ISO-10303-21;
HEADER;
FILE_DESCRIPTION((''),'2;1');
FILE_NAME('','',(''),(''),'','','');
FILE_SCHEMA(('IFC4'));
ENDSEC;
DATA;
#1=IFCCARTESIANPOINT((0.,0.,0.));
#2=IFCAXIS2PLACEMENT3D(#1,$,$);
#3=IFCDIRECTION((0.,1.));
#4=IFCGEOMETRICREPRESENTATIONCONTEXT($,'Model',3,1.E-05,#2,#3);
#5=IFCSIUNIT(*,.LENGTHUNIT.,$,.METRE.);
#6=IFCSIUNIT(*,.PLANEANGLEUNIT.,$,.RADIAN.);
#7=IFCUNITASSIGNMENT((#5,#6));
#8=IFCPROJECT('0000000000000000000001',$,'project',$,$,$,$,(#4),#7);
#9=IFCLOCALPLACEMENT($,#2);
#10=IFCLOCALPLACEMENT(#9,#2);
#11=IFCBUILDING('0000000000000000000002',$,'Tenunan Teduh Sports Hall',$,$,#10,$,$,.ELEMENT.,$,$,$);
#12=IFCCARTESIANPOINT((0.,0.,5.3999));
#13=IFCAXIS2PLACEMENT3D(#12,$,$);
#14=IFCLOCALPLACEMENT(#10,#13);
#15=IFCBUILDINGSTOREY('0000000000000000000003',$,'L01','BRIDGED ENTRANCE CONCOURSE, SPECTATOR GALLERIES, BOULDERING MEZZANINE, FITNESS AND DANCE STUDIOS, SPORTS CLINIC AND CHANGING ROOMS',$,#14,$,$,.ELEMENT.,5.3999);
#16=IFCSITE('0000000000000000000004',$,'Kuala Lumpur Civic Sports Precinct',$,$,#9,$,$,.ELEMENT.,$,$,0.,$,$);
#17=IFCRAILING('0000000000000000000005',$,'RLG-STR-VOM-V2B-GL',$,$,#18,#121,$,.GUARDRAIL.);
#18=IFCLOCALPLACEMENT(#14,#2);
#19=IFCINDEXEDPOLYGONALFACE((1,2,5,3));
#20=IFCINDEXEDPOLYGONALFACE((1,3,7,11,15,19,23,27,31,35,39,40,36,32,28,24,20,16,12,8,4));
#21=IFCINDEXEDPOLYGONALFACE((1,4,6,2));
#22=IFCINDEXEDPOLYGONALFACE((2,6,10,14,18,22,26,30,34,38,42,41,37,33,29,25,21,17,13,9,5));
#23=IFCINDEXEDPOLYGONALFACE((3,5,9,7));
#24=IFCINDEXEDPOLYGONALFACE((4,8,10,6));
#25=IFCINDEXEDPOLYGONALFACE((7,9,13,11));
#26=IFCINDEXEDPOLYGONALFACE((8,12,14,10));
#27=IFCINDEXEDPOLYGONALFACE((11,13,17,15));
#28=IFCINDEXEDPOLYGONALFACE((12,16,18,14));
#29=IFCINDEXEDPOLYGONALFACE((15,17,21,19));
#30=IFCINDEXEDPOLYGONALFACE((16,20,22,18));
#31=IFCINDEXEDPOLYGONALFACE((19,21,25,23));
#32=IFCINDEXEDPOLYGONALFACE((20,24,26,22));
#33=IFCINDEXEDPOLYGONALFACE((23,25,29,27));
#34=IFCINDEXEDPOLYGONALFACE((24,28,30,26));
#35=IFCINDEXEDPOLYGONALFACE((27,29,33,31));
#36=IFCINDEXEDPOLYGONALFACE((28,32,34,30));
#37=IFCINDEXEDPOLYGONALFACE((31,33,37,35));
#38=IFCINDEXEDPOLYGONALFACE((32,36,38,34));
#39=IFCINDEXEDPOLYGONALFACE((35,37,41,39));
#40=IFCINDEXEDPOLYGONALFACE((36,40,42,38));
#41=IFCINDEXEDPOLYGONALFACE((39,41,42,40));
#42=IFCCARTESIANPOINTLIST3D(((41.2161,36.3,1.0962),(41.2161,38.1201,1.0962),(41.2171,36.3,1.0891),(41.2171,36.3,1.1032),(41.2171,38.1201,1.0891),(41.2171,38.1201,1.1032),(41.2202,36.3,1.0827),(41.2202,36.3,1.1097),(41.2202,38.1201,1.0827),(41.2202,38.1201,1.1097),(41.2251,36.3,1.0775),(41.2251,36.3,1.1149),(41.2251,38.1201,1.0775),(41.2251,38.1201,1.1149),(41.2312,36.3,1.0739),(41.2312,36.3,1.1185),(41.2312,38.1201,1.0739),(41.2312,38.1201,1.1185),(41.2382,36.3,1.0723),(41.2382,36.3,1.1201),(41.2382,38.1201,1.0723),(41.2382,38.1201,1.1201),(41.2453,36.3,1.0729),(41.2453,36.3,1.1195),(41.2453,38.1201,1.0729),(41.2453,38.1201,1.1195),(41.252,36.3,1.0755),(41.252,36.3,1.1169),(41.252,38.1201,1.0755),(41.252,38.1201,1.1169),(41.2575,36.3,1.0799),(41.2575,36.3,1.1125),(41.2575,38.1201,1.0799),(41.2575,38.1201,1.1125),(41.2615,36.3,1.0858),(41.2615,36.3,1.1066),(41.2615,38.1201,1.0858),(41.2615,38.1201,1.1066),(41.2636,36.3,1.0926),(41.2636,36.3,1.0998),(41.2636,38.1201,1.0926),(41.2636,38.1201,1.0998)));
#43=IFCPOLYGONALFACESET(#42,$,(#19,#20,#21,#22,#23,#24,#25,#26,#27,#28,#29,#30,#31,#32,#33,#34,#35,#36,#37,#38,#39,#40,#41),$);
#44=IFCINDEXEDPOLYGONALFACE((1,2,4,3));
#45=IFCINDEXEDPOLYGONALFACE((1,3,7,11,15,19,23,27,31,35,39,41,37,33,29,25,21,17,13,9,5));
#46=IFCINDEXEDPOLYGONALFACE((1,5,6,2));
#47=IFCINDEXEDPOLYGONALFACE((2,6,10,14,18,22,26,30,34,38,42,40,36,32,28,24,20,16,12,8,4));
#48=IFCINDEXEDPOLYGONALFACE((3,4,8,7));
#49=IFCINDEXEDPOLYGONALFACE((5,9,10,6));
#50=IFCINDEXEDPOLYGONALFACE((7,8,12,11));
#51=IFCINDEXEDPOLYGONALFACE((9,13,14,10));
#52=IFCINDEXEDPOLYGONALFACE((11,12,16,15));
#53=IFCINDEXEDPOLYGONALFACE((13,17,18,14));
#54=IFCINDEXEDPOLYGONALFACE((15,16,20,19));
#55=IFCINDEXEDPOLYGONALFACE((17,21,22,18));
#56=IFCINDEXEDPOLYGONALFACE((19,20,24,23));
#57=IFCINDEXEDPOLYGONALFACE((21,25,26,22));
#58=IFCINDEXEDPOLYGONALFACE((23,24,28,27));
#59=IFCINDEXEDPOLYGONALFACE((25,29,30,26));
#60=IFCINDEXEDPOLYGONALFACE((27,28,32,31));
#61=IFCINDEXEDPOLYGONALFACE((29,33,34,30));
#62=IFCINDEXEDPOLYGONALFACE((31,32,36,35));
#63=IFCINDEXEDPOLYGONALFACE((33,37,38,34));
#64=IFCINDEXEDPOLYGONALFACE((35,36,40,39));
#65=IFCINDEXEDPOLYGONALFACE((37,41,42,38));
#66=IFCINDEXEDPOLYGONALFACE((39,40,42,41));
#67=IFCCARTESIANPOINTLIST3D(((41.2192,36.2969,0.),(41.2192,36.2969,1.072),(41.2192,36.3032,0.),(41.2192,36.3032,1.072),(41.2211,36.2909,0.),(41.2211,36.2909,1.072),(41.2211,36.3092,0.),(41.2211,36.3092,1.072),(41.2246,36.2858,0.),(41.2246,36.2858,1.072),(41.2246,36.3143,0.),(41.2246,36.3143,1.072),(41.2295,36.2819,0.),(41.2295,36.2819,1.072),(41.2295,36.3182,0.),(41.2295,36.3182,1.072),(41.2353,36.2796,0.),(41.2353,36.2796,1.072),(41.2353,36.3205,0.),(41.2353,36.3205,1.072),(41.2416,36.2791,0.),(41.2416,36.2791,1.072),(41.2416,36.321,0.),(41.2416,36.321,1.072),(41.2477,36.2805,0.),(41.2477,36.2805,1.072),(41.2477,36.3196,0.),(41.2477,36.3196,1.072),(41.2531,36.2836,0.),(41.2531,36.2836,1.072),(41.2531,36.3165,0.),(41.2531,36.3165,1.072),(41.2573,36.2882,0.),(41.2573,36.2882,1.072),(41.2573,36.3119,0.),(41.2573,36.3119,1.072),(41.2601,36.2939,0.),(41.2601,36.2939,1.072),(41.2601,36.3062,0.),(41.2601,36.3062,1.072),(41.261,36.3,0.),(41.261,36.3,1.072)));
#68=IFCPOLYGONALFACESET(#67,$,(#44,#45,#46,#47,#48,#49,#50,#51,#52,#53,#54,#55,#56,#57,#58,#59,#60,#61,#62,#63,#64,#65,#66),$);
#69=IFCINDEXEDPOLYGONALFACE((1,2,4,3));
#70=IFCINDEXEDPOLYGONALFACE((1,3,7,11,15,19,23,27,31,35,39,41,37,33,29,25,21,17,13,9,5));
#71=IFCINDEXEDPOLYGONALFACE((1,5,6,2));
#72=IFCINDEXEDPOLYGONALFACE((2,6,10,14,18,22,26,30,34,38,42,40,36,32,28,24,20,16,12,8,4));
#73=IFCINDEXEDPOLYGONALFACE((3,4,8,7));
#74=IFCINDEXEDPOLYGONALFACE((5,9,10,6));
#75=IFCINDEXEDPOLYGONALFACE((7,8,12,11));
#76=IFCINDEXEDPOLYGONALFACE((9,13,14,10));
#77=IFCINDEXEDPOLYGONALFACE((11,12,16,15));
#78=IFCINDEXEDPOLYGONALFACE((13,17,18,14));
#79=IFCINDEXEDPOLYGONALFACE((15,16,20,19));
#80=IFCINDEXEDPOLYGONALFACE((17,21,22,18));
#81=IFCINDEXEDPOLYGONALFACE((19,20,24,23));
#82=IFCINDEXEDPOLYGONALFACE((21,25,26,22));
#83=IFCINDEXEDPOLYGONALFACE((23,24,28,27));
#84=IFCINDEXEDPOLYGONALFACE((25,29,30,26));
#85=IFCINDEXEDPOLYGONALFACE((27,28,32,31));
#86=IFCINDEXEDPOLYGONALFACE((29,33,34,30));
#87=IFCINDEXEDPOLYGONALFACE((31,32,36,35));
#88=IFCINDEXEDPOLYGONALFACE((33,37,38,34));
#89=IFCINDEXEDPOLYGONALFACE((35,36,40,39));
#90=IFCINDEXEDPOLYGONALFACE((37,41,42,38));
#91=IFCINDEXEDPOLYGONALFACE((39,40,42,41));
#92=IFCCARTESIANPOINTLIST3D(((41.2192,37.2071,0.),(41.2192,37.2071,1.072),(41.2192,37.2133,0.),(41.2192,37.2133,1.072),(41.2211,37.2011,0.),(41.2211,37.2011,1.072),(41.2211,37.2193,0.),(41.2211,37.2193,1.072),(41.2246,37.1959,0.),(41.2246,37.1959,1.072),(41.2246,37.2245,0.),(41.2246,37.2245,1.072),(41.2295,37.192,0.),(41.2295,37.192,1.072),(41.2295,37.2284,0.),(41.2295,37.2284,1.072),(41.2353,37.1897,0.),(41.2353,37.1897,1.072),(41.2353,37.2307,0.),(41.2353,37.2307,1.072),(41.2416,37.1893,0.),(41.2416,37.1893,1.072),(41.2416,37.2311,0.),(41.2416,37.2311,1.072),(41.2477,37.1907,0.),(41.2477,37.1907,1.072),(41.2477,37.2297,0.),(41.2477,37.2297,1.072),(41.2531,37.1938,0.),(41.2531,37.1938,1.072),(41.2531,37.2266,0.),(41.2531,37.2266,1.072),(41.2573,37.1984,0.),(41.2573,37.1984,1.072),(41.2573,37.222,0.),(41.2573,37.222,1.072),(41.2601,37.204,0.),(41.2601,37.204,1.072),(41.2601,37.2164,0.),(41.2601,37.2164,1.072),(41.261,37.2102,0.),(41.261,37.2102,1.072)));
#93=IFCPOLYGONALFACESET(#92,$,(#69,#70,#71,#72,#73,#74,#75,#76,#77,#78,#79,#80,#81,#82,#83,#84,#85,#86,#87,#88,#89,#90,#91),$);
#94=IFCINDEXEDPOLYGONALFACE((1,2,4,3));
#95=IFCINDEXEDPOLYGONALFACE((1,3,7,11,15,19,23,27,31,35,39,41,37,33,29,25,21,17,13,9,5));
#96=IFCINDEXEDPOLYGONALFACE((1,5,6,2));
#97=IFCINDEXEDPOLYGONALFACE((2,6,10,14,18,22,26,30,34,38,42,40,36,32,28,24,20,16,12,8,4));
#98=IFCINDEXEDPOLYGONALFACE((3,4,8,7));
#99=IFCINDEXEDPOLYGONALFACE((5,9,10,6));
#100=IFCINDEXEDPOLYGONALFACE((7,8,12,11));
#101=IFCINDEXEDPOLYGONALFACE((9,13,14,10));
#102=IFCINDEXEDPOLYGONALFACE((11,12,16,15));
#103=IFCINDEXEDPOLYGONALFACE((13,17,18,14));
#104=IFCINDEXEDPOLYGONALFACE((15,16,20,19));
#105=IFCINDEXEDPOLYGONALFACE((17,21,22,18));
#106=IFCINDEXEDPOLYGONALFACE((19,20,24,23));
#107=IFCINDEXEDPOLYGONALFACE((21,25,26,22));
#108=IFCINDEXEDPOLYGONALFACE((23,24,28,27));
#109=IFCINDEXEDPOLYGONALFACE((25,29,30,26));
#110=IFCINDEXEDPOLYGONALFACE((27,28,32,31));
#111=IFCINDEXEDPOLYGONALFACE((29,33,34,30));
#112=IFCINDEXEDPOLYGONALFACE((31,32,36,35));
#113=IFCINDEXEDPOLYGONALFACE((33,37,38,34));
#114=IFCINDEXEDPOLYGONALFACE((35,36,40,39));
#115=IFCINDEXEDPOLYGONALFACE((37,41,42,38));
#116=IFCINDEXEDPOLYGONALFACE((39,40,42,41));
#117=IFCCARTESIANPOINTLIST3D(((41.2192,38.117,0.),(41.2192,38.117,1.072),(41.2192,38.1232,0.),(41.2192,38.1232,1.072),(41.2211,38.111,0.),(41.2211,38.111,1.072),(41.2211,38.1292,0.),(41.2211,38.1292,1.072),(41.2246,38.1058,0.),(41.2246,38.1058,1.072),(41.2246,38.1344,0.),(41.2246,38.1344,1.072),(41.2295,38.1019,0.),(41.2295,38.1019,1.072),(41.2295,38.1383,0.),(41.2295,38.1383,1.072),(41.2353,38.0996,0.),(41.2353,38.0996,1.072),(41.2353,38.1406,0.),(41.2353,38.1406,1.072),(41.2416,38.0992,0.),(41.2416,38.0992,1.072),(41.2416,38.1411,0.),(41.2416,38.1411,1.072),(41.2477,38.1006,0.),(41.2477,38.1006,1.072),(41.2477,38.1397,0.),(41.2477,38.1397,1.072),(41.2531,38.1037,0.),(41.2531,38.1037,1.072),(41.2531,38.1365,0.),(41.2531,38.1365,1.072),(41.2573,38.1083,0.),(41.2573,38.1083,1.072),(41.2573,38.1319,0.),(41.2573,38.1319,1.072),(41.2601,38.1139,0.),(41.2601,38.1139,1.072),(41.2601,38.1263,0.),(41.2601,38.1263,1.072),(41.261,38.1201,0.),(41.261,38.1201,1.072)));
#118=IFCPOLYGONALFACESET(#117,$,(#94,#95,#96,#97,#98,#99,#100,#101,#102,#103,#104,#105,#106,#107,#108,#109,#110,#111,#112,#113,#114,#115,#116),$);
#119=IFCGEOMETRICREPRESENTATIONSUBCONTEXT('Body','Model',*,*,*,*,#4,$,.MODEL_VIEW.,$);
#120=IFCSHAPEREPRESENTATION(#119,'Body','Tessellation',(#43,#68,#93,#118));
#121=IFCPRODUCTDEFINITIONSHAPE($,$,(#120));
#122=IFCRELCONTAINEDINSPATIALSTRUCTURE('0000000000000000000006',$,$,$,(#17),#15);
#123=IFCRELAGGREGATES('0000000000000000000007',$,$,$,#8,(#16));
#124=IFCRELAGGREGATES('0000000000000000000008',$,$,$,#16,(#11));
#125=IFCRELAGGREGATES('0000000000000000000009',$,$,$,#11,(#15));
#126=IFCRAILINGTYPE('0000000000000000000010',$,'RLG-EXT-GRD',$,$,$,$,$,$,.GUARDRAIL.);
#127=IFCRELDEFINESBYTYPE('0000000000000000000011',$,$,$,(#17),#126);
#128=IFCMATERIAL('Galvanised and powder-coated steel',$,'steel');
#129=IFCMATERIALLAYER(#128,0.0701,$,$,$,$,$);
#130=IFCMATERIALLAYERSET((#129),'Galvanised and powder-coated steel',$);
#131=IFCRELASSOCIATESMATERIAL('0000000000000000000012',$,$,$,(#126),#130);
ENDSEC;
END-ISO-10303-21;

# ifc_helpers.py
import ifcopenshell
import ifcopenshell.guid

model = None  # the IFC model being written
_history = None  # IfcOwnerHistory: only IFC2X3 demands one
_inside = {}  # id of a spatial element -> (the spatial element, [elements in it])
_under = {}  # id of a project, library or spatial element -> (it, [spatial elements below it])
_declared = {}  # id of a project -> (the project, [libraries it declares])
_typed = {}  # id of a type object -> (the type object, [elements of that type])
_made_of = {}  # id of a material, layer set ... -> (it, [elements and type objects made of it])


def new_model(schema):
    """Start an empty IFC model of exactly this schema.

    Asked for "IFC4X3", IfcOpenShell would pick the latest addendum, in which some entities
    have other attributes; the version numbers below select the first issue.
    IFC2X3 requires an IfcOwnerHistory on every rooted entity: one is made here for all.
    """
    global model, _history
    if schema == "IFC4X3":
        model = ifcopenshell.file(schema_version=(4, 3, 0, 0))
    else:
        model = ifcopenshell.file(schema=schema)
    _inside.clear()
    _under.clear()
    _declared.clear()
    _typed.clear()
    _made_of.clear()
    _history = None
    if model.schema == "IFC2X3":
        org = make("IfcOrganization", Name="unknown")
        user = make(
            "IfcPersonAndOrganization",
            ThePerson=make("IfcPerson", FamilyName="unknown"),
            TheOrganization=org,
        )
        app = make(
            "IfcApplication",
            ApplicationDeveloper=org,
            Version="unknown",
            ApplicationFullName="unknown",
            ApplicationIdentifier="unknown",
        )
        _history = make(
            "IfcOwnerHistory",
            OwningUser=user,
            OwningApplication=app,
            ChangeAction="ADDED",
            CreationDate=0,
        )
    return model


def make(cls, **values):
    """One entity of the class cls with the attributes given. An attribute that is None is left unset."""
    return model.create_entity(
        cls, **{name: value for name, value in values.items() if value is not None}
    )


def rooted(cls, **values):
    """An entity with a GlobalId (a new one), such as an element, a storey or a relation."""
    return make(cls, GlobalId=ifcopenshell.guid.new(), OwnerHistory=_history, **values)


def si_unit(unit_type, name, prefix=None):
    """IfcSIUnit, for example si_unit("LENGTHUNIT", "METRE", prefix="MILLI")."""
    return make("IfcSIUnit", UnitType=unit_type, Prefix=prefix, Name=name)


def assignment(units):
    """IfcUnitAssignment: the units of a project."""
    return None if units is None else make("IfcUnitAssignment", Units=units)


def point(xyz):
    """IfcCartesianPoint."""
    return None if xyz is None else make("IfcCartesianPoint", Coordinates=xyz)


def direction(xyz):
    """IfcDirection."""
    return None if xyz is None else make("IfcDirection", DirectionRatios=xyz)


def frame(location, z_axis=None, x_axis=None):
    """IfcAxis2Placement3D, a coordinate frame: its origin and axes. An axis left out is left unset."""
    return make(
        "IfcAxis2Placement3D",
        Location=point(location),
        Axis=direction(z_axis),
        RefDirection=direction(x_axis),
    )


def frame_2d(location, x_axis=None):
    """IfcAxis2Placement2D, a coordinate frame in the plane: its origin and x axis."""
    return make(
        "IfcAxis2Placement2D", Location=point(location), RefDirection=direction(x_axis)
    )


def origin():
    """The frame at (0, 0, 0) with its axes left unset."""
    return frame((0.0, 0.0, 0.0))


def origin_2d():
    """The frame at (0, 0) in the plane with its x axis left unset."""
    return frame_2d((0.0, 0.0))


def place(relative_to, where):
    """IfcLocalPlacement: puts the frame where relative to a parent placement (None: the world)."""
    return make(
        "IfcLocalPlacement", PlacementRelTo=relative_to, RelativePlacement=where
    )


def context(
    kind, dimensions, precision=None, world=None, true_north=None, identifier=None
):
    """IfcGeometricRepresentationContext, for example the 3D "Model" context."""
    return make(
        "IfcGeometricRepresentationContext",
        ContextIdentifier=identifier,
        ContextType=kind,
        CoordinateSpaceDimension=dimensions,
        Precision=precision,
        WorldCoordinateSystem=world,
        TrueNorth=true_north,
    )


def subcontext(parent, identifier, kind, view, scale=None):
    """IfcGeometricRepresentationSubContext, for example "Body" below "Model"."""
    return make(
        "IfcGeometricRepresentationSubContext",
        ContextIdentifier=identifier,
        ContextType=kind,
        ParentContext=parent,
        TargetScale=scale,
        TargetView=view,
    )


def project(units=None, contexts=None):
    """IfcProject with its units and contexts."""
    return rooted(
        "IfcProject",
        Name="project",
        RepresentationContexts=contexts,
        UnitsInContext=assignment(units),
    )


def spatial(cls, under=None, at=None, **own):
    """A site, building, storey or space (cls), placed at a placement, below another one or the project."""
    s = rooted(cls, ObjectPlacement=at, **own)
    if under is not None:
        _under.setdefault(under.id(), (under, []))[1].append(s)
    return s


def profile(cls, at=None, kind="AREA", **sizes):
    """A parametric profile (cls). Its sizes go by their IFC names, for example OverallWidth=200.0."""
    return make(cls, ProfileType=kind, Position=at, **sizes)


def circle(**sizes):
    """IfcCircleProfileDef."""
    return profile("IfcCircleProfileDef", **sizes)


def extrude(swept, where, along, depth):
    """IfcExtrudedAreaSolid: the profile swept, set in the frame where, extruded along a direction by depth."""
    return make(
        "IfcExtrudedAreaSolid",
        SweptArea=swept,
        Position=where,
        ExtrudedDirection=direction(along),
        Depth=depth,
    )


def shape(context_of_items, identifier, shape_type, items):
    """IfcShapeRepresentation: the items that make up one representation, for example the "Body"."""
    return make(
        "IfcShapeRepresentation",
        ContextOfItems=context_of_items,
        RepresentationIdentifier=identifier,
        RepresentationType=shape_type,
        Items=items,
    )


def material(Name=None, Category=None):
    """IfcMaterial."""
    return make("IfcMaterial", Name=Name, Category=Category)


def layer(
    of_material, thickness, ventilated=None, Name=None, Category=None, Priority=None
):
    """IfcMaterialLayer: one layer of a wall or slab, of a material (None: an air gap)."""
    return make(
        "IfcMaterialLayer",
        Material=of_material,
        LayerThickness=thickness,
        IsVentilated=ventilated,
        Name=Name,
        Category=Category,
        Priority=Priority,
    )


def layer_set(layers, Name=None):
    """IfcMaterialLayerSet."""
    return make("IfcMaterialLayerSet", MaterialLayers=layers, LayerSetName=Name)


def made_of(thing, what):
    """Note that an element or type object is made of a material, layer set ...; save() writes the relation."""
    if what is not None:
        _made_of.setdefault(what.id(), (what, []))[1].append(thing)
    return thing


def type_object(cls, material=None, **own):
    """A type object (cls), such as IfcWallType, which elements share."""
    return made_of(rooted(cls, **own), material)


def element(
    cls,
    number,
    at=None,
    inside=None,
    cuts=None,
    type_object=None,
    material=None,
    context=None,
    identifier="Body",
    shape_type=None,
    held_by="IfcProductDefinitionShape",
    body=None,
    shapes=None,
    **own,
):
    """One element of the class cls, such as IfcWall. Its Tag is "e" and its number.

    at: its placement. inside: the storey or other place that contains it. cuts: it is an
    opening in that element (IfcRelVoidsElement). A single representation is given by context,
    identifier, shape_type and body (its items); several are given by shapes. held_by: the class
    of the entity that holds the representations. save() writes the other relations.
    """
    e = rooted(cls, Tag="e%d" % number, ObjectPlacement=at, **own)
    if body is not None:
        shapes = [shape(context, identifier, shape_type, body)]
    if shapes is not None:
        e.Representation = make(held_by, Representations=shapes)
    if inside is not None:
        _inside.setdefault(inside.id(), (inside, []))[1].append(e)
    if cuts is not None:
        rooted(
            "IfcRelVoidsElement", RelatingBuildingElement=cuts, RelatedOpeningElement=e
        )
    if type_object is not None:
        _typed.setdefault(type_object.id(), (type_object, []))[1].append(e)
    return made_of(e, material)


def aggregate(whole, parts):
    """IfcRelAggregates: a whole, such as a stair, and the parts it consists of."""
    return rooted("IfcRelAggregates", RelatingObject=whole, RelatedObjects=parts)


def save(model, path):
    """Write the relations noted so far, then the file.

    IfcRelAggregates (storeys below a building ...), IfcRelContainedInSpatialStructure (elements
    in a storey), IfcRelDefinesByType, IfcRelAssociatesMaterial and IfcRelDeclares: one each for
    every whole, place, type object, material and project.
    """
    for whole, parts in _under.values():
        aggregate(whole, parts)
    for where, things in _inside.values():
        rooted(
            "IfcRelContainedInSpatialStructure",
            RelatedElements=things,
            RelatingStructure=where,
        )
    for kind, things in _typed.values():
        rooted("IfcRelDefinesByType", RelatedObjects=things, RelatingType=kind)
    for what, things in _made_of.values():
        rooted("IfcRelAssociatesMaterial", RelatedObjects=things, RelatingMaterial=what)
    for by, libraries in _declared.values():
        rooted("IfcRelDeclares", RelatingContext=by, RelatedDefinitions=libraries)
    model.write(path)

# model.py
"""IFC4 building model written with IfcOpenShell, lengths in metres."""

from ifc_helpers import new_model, si_unit, direction, frame, origin, origin_2d, place, context, subcontext, project, spatial, circle, extrude, material, layer, layer_set, type_object, element, save


model = new_model("IFC4")

# Units and contexts
model_context = context("Model", 3, precision=1e-05, world=origin(), true_north=direction((0.0, 1.0)))
body_context = subcontext(model_context, "Body", "Model", "MODEL_VIEW")
ifc_project = project(units=[si_unit("LENGTHUNIT", "METRE"), si_unit("PLANEANGLEUNIT", "RADIAN")], contexts=[model_context])

# Site, building, storey
site_placement = place(None, origin())
site = spatial("IfcSite", under=ifc_project, at=site_placement, Name="Kuala Lumpur Civic Sports Precinct", CompositionType="ELEMENT", RefElevation=0.0)
building_placement = place(site_placement, origin())
building = spatial("IfcBuilding", under=site, at=building_placement, Name="Tenunan Teduh Sports Hall", CompositionType="ELEMENT")
storey_placement = place(building_placement, frame((0.0, 0.0, 5.3999)))
storey = spatial("IfcBuildingStorey", under=building, at=storey_placement, Name="L01", Description="BRIDGED ENTRANCE CONCOURSE, SPECTATOR GALLERIES, BOULDERING MEZZANINE, FITNESS AND DANCE STUDIOS, SPORTS CLINIC AND CHANGING ROOMS", CompositionType="ELEMENT", Elevation=5.3999)

# Railing
ifc_material_1 = material(Name="Galvanised and powder-coated steel", Category="steel")
ifc_layer_1 = layer(ifc_material_1, 0.0701)
ifc_layer_set_1 = layer_set([ifc_layer_1], Name="Galvanised and powder-coated steel")
railing_type_1 = type_object("IfcRailingType", Name="RLG-EXT-GRD", PredefinedType="GUARDRAIL", material=ifc_layer_set_1)
for number, where, name in (
    (1, (41.24, 36.3, 0.0), "RLG-STR-VOM-V2B-GL"),
):
    element("IfcRailing", number, at=place(storey_placement, frame(where)), inside=storey, type_object=railing_type_1, Name=name, PredefinedType="GUARDRAIL", context=body_context, shape_type="SweptSolid", body=[
        extrude(circle(Radius=0.0239, at=origin_2d()), frame((0.0, 0.0, 1.0962), z_axis=(0.0, 1.0, 0.0), x_axis=(-1.0, 0.0, 0.0)), (0.0, 0.0, 1.0), 1.8201),
        extrude(circle(Radius=0.021, at=origin_2d()), origin(), (0.0, 0.0, 1.0), 1.072),
        extrude(circle(Radius=0.021, at=origin_2d()), frame((0.0, 0.9102, 0.0)), (0.0, 0.0, 1.0), 1.072),
        extrude(circle(Radius=0.021, at=origin_2d()), frame((0.0, 1.8201, 0.0)), (0.0, 0.0, 1.0), 1.072),
    ])

save(model, "model.ifc")
